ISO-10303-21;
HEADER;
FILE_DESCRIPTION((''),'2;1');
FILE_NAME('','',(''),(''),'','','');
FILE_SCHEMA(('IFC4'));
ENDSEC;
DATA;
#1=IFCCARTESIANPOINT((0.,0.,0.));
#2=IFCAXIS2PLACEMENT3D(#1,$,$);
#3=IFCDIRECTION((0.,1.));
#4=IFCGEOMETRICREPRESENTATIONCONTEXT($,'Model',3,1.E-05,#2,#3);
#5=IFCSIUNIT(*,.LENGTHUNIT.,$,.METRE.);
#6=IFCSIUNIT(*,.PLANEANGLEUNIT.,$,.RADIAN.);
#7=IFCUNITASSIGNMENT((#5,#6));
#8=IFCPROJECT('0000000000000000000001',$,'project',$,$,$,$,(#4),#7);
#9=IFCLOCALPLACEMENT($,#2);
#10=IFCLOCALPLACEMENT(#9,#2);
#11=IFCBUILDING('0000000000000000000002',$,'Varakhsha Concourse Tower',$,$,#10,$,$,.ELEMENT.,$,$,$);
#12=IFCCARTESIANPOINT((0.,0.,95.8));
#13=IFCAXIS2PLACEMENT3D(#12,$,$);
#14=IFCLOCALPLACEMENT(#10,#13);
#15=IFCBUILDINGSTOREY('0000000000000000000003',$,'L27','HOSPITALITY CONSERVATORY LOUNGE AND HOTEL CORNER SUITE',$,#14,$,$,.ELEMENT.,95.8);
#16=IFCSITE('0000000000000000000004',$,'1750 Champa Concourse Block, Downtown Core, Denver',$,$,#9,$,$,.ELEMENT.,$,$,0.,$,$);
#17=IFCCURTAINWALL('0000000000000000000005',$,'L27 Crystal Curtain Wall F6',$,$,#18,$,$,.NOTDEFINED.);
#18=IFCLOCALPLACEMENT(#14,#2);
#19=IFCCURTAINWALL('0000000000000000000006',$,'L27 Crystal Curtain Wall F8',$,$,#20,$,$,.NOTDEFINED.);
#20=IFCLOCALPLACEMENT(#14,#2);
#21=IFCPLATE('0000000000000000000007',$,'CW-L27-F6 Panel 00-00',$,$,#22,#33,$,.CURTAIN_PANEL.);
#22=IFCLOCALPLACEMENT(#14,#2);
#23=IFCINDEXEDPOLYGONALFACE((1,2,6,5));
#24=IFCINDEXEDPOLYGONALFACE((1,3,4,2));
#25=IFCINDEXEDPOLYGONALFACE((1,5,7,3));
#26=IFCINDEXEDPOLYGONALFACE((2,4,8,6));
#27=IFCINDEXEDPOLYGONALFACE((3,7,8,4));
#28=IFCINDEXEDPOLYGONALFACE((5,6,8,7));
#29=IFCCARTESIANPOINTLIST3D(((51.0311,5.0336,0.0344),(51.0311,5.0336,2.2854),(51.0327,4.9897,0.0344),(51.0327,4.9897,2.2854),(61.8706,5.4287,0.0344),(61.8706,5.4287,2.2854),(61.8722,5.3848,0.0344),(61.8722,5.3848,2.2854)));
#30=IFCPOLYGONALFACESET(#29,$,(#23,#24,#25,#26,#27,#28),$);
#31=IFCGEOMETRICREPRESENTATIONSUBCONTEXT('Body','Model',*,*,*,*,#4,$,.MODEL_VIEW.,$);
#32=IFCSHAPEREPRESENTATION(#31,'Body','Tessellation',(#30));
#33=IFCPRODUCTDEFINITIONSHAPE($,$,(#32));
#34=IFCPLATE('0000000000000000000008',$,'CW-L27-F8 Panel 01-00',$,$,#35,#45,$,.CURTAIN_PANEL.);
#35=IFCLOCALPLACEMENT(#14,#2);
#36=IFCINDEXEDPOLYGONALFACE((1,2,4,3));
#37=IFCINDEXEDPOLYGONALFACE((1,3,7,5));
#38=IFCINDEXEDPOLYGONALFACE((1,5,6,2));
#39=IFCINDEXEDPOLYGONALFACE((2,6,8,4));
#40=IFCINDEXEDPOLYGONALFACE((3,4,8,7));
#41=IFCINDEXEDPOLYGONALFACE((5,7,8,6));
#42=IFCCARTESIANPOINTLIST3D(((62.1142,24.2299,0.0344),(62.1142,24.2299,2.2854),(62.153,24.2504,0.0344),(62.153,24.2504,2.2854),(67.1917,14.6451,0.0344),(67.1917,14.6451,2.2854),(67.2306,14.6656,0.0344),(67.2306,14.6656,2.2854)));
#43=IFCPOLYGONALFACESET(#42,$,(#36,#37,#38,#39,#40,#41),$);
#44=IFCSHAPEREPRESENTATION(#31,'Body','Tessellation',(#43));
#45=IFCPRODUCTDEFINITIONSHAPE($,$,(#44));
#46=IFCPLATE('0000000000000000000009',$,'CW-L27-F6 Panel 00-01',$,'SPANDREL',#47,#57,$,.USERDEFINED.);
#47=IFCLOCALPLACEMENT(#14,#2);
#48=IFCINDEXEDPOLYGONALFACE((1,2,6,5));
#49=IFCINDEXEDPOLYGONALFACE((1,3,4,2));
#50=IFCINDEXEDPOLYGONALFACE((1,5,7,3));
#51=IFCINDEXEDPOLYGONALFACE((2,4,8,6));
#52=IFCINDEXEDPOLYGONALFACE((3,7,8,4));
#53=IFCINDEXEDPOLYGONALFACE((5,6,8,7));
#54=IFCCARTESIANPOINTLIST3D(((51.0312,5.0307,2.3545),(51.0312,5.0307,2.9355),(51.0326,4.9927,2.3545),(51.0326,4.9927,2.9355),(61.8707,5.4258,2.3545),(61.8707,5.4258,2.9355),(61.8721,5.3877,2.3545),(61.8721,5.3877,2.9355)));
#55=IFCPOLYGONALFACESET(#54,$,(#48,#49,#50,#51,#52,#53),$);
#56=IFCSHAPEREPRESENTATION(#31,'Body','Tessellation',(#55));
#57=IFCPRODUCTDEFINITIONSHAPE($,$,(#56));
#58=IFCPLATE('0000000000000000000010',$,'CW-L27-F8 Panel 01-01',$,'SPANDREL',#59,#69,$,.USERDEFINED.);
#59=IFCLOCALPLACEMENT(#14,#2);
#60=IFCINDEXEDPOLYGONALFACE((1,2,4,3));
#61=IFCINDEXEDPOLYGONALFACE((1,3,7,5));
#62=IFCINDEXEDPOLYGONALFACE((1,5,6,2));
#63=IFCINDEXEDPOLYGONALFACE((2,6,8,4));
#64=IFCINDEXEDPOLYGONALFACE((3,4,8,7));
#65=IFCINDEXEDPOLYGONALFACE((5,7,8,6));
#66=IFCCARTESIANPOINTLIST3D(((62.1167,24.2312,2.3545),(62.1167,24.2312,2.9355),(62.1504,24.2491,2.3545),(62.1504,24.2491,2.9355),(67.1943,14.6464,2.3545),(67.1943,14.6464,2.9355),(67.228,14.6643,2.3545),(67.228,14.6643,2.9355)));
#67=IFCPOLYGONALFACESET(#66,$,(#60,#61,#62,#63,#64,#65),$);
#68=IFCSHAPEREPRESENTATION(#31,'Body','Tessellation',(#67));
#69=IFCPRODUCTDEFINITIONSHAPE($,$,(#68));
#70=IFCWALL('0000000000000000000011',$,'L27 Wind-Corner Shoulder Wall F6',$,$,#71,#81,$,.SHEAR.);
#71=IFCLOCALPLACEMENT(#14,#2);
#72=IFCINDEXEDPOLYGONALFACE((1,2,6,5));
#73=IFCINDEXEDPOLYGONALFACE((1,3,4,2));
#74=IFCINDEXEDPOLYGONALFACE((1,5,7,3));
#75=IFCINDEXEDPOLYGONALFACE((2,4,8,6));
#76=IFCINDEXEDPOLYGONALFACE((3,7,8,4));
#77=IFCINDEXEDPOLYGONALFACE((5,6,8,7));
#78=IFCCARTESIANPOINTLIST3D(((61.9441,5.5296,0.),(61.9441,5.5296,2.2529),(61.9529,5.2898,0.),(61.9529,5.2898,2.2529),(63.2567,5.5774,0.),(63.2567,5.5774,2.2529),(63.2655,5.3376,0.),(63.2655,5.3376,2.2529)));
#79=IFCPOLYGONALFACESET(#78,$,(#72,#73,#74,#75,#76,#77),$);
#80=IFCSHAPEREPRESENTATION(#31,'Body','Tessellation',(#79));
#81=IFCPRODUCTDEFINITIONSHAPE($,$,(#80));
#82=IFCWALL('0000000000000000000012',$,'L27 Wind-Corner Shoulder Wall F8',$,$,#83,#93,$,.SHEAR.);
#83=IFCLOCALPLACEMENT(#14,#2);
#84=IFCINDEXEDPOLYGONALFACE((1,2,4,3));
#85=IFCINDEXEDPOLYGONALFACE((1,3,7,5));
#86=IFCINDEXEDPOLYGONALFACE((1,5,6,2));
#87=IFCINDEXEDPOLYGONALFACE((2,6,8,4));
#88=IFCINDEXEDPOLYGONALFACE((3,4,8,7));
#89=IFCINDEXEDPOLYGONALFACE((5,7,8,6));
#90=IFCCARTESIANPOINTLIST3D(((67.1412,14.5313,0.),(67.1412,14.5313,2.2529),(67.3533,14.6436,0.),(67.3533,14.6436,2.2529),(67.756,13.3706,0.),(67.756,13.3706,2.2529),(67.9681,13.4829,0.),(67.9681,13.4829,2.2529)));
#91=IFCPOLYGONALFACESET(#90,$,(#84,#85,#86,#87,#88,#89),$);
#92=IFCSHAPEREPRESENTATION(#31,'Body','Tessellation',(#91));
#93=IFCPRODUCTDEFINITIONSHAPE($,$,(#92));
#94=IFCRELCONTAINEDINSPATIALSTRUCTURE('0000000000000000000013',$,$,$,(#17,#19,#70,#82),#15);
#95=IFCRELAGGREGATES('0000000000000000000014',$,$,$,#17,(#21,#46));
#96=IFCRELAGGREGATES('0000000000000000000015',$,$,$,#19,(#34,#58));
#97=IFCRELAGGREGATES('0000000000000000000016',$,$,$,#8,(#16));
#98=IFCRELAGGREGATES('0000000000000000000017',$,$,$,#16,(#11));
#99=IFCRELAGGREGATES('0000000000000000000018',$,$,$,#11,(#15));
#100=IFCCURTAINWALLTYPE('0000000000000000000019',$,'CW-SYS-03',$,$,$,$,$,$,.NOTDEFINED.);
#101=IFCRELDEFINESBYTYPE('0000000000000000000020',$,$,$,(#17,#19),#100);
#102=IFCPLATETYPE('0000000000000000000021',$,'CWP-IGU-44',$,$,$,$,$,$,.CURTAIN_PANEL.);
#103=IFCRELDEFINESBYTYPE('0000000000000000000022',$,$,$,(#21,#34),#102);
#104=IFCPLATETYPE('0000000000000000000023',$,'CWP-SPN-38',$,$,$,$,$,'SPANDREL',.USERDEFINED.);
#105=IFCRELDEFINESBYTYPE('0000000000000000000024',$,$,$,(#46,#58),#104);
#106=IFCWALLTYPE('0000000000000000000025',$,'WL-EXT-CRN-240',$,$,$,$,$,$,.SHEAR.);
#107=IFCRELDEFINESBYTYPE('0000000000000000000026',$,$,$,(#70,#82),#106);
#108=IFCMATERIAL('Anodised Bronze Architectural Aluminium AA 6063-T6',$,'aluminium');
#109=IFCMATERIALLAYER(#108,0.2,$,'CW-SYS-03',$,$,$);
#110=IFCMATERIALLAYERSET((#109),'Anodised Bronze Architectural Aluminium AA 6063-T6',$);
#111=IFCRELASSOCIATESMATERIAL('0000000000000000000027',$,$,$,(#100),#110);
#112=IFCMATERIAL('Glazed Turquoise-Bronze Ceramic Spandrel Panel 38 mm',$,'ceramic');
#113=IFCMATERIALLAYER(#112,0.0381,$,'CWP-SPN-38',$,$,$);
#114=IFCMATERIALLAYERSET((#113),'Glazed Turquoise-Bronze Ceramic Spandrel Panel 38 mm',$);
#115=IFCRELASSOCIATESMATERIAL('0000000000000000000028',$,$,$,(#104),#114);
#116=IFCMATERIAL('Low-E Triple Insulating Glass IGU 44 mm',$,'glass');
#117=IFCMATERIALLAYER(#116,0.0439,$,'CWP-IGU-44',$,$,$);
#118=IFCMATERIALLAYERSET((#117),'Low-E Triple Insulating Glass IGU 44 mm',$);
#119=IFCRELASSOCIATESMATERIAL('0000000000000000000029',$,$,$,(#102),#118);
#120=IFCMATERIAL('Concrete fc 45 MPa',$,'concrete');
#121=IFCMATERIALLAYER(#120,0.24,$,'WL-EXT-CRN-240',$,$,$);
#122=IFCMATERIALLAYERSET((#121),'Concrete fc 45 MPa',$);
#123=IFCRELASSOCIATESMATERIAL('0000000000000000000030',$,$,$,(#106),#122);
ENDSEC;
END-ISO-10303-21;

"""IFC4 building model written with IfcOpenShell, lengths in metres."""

from ifc_helpers import new_model, si_unit, direction, frame, frame_2d, origin, origin_2d, place, context, subcontext, project, spatial, rectangle, extrude, source, transform, mapped, material, layer, layer_set, type_object, type_shapes, element, aggregate, save


model = new_model("IFC4")

# Units and contexts
model_context = context("Model", 3, precision=1e-05, world=origin(), true_north=direction((0.0, 1.0)))
body_context = subcontext(model_context, "Body", "Model", "MODEL_VIEW")
ifc_project = project(units=[si_unit("LENGTHUNIT", "METRE"), si_unit("PLANEANGLEUNIT", "RADIAN")], contexts=[model_context])

# Site, building, storey
site_placement = place(None, origin())
site = spatial("IfcSite", under=ifc_project, at=site_placement, Name="1750 Champa Concourse Block, Downtown Core, Denver", CompositionType="ELEMENT", RefElevation=0.0)
building_placement = place(site_placement, origin())
building = spatial("IfcBuilding", under=site, at=building_placement, Name="Varakhsha Concourse Tower", CompositionType="ELEMENT")
storey_placement = place(building_placement, frame((0.0, 0.0, 95.8)))
storey = spatial("IfcBuildingStorey", under=building, at=storey_placement, Name="L27", Description="HOSPITALITY CONSERVATORY LOUNGE AND HOTEL CORNER SUITE", CompositionType="ELEMENT", Elevation=95.8)

# Curtain wall
ifc_material_1 = material(Name="Anodised Bronze Architectural Aluminium AA 6063-T6", Category="aluminium")
ifc_layer_1 = layer(ifc_material_1, 0.2, Name="CW-SYS-03")
ifc_layer_set_1 = layer_set([ifc_layer_1], Name="Anodised Bronze Architectural Aluminium AA 6063-T6")
curtain_wall_type = type_object("IfcCurtainWallType", Name="CW-SYS-03", PredefinedType="NOTDEFINED", material=ifc_layer_set_1)
curtain_wall_1_placement = place(storey_placement, origin())
curtain_wall_1 = element("IfcCurtainWall", 1, at=curtain_wall_1_placement, inside=storey, type_object=curtain_wall_type, Name="L27 Crystal Curtain Wall F6", PredefinedType="NOTDEFINED")

# Curtain wall
curtain_wall_2_placement = place(storey_placement, origin())
curtain_wall_2 = element("IfcCurtainWall", 2, at=curtain_wall_2_placement, inside=storey, type_object=curtain_wall_type, Name="L27 Crystal Curtain Wall F8", PredefinedType="NOTDEFINED")

# Plates
ifc_material_2 = material(Name="Glazed Turquoise-Bronze Ceramic Spandrel Panel 38 mm", Category="ceramic")
ifc_layer_2 = layer(ifc_material_2, 0.0381, Name="CWP-SPN-38")
ifc_layer_set_2 = layer_set([ifc_layer_2], Name="Glazed Turquoise-Bronze Ceramic Spandrel Panel 38 mm")
plate_type_1 = type_object("IfcPlateType", Name="CWP-SPN-38", ElementType="SPANDREL", PredefinedType="USERDEFINED", material=ifc_layer_set_2)
ifc_material_3 = material(Name="Low-E Triple Insulating Glass IGU 44 mm", Category="glass")
ifc_layer_3 = layer(ifc_material_3, 0.0439, Name="CWP-IGU-44")
ifc_layer_set_3 = layer_set([ifc_layer_3], Name="Low-E Triple Insulating Glass IGU 44 mm")
plate_type_2 = type_object("IfcPlateType", Name="CWP-IGU-44", PredefinedType="CURTAIN_PANEL", material=ifc_layer_set_3)
shared_shape_1 = source(origin(), body_context, "Body", "SweptSolid", [
    extrude(rectangle(XDim=10.8467, YDim=0.0439, at=origin_2d()), origin(), (0.0, 0.0, 1.0), 2.251),
])
type_shapes(plate_type_2, [shared_shape_1])
plate_1_placement = place(storey_placement, frame((56.4517, 5.2092, 0.0344), z_axis=(0.0, 0.0, 1.0), x_axis=(-0.999336, -0.036424, 0.0)))
plate_1 = element("IfcPlate", 3, at=plate_1_placement, type_object=plate_type_2, Name="CW-L27-F6 Panel 00-00", PredefinedType="CURTAIN_PANEL", context=body_context, shape_type="MappedRepresentation", body=[
    mapped(shared_shape_1, transform((0.0, 0.0, 0.0), scale=1.0)),
])
plate_2_placement = place(storey_placement, frame((64.6724, 19.4478, 0.0344), z_axis=(0.0, 0.0, 1.0), x_axis=(0.468124, -0.883663, 0.0)))
plate_2 = element("IfcPlate", 4, at=plate_2_placement, type_object=plate_type_2, Name="CW-L27-F8 Panel 01-00", PredefinedType="CURTAIN_PANEL", context=body_context, shape_type="MappedRepresentation", body=[
    mapped(shared_shape_1, transform((0.0, 0.0, 0.0), scale=1.0)),
])
shared_shape_2 = source(origin(), body_context, "Body", "SweptSolid", [
    extrude(rectangle(XDim=10.8467, YDim=0.0381, at=origin_2d()), origin(), (0.0, 0.0, 1.0), 0.5811),
])
plate_3_placement = place(storey_placement, frame((56.4517, 5.2092, 2.3545), z_axis=(0.0, 0.0, 1.0), x_axis=(-0.999336, -0.036424, 0.0)))
plate_3 = element("IfcPlate", 5, at=plate_3_placement, type_object=plate_type_1, Name="CW-L27-F6 Panel 00-01", ObjectType="SPANDREL", PredefinedType="USERDEFINED", context=body_context, shape_type="MappedRepresentation", body=[
    mapped(shared_shape_2, transform((0.0, 0.0, 0.0), scale=1.0)),
])
aggregate(curtain_wall_1, [plate_1, plate_3])
plate_4_placement = place(storey_placement, frame((64.6724, 19.4478, 2.3545), z_axis=(0.0, 0.0, 1.0), x_axis=(0.468124, -0.883663, 0.0)))
plate_4 = element("IfcPlate", 6, at=plate_4_placement, type_object=plate_type_1, Name="CW-L27-F8 Panel 01-01", ObjectType="SPANDREL", PredefinedType="USERDEFINED", context=body_context, shape_type="MappedRepresentation", body=[
    mapped(shared_shape_2, transform((0.0, 0.0, 0.0), scale=1.0)),
])
aggregate(curtain_wall_2, [plate_2, plate_4])

# Walls
ifc_material_4 = material(Name="Concrete fc 45 MPa", Category="concrete")
ifc_layer_4 = layer(ifc_material_4, 0.24, Name="WL-EXT-CRN-240")
ifc_layer_set_4 = layer_set([ifc_layer_4], Name="Concrete fc 45 MPa")
wall_type = type_object("IfcWallType", Name="WL-EXT-CRN-240", PredefinedType="SHEAR", material=ifc_layer_set_4)
for number, where, z_axis, x_axis, name in (
    (7, (61.9485, 5.4097, 0.0), (0.0, 0.0, 1.0), (0.999336, 0.036434, 0.0), "L27 Wind-Corner Shoulder Wall F6"),
    (8, (67.8621, 13.4268, 0.0), (0.0, 0.0, 1.0), (-0.468059, 0.883697, 0.0), "L27 Wind-Corner Shoulder Wall F8"),
):
    element("IfcWall", number, at=place(storey_placement, frame(where, z_axis=z_axis, x_axis=x_axis)), inside=storey, type_object=wall_type, Name=name, PredefinedType="SHEAR", context=body_context, shape_type="SweptSolid", body=[
        extrude(rectangle(XDim=1.3135, YDim=0.24, at=frame_2d((0.6567, 0.0))), origin(), (0.0, 0.0, 1.0), 2.2529),
    ])

save(model, "model.ifc")
